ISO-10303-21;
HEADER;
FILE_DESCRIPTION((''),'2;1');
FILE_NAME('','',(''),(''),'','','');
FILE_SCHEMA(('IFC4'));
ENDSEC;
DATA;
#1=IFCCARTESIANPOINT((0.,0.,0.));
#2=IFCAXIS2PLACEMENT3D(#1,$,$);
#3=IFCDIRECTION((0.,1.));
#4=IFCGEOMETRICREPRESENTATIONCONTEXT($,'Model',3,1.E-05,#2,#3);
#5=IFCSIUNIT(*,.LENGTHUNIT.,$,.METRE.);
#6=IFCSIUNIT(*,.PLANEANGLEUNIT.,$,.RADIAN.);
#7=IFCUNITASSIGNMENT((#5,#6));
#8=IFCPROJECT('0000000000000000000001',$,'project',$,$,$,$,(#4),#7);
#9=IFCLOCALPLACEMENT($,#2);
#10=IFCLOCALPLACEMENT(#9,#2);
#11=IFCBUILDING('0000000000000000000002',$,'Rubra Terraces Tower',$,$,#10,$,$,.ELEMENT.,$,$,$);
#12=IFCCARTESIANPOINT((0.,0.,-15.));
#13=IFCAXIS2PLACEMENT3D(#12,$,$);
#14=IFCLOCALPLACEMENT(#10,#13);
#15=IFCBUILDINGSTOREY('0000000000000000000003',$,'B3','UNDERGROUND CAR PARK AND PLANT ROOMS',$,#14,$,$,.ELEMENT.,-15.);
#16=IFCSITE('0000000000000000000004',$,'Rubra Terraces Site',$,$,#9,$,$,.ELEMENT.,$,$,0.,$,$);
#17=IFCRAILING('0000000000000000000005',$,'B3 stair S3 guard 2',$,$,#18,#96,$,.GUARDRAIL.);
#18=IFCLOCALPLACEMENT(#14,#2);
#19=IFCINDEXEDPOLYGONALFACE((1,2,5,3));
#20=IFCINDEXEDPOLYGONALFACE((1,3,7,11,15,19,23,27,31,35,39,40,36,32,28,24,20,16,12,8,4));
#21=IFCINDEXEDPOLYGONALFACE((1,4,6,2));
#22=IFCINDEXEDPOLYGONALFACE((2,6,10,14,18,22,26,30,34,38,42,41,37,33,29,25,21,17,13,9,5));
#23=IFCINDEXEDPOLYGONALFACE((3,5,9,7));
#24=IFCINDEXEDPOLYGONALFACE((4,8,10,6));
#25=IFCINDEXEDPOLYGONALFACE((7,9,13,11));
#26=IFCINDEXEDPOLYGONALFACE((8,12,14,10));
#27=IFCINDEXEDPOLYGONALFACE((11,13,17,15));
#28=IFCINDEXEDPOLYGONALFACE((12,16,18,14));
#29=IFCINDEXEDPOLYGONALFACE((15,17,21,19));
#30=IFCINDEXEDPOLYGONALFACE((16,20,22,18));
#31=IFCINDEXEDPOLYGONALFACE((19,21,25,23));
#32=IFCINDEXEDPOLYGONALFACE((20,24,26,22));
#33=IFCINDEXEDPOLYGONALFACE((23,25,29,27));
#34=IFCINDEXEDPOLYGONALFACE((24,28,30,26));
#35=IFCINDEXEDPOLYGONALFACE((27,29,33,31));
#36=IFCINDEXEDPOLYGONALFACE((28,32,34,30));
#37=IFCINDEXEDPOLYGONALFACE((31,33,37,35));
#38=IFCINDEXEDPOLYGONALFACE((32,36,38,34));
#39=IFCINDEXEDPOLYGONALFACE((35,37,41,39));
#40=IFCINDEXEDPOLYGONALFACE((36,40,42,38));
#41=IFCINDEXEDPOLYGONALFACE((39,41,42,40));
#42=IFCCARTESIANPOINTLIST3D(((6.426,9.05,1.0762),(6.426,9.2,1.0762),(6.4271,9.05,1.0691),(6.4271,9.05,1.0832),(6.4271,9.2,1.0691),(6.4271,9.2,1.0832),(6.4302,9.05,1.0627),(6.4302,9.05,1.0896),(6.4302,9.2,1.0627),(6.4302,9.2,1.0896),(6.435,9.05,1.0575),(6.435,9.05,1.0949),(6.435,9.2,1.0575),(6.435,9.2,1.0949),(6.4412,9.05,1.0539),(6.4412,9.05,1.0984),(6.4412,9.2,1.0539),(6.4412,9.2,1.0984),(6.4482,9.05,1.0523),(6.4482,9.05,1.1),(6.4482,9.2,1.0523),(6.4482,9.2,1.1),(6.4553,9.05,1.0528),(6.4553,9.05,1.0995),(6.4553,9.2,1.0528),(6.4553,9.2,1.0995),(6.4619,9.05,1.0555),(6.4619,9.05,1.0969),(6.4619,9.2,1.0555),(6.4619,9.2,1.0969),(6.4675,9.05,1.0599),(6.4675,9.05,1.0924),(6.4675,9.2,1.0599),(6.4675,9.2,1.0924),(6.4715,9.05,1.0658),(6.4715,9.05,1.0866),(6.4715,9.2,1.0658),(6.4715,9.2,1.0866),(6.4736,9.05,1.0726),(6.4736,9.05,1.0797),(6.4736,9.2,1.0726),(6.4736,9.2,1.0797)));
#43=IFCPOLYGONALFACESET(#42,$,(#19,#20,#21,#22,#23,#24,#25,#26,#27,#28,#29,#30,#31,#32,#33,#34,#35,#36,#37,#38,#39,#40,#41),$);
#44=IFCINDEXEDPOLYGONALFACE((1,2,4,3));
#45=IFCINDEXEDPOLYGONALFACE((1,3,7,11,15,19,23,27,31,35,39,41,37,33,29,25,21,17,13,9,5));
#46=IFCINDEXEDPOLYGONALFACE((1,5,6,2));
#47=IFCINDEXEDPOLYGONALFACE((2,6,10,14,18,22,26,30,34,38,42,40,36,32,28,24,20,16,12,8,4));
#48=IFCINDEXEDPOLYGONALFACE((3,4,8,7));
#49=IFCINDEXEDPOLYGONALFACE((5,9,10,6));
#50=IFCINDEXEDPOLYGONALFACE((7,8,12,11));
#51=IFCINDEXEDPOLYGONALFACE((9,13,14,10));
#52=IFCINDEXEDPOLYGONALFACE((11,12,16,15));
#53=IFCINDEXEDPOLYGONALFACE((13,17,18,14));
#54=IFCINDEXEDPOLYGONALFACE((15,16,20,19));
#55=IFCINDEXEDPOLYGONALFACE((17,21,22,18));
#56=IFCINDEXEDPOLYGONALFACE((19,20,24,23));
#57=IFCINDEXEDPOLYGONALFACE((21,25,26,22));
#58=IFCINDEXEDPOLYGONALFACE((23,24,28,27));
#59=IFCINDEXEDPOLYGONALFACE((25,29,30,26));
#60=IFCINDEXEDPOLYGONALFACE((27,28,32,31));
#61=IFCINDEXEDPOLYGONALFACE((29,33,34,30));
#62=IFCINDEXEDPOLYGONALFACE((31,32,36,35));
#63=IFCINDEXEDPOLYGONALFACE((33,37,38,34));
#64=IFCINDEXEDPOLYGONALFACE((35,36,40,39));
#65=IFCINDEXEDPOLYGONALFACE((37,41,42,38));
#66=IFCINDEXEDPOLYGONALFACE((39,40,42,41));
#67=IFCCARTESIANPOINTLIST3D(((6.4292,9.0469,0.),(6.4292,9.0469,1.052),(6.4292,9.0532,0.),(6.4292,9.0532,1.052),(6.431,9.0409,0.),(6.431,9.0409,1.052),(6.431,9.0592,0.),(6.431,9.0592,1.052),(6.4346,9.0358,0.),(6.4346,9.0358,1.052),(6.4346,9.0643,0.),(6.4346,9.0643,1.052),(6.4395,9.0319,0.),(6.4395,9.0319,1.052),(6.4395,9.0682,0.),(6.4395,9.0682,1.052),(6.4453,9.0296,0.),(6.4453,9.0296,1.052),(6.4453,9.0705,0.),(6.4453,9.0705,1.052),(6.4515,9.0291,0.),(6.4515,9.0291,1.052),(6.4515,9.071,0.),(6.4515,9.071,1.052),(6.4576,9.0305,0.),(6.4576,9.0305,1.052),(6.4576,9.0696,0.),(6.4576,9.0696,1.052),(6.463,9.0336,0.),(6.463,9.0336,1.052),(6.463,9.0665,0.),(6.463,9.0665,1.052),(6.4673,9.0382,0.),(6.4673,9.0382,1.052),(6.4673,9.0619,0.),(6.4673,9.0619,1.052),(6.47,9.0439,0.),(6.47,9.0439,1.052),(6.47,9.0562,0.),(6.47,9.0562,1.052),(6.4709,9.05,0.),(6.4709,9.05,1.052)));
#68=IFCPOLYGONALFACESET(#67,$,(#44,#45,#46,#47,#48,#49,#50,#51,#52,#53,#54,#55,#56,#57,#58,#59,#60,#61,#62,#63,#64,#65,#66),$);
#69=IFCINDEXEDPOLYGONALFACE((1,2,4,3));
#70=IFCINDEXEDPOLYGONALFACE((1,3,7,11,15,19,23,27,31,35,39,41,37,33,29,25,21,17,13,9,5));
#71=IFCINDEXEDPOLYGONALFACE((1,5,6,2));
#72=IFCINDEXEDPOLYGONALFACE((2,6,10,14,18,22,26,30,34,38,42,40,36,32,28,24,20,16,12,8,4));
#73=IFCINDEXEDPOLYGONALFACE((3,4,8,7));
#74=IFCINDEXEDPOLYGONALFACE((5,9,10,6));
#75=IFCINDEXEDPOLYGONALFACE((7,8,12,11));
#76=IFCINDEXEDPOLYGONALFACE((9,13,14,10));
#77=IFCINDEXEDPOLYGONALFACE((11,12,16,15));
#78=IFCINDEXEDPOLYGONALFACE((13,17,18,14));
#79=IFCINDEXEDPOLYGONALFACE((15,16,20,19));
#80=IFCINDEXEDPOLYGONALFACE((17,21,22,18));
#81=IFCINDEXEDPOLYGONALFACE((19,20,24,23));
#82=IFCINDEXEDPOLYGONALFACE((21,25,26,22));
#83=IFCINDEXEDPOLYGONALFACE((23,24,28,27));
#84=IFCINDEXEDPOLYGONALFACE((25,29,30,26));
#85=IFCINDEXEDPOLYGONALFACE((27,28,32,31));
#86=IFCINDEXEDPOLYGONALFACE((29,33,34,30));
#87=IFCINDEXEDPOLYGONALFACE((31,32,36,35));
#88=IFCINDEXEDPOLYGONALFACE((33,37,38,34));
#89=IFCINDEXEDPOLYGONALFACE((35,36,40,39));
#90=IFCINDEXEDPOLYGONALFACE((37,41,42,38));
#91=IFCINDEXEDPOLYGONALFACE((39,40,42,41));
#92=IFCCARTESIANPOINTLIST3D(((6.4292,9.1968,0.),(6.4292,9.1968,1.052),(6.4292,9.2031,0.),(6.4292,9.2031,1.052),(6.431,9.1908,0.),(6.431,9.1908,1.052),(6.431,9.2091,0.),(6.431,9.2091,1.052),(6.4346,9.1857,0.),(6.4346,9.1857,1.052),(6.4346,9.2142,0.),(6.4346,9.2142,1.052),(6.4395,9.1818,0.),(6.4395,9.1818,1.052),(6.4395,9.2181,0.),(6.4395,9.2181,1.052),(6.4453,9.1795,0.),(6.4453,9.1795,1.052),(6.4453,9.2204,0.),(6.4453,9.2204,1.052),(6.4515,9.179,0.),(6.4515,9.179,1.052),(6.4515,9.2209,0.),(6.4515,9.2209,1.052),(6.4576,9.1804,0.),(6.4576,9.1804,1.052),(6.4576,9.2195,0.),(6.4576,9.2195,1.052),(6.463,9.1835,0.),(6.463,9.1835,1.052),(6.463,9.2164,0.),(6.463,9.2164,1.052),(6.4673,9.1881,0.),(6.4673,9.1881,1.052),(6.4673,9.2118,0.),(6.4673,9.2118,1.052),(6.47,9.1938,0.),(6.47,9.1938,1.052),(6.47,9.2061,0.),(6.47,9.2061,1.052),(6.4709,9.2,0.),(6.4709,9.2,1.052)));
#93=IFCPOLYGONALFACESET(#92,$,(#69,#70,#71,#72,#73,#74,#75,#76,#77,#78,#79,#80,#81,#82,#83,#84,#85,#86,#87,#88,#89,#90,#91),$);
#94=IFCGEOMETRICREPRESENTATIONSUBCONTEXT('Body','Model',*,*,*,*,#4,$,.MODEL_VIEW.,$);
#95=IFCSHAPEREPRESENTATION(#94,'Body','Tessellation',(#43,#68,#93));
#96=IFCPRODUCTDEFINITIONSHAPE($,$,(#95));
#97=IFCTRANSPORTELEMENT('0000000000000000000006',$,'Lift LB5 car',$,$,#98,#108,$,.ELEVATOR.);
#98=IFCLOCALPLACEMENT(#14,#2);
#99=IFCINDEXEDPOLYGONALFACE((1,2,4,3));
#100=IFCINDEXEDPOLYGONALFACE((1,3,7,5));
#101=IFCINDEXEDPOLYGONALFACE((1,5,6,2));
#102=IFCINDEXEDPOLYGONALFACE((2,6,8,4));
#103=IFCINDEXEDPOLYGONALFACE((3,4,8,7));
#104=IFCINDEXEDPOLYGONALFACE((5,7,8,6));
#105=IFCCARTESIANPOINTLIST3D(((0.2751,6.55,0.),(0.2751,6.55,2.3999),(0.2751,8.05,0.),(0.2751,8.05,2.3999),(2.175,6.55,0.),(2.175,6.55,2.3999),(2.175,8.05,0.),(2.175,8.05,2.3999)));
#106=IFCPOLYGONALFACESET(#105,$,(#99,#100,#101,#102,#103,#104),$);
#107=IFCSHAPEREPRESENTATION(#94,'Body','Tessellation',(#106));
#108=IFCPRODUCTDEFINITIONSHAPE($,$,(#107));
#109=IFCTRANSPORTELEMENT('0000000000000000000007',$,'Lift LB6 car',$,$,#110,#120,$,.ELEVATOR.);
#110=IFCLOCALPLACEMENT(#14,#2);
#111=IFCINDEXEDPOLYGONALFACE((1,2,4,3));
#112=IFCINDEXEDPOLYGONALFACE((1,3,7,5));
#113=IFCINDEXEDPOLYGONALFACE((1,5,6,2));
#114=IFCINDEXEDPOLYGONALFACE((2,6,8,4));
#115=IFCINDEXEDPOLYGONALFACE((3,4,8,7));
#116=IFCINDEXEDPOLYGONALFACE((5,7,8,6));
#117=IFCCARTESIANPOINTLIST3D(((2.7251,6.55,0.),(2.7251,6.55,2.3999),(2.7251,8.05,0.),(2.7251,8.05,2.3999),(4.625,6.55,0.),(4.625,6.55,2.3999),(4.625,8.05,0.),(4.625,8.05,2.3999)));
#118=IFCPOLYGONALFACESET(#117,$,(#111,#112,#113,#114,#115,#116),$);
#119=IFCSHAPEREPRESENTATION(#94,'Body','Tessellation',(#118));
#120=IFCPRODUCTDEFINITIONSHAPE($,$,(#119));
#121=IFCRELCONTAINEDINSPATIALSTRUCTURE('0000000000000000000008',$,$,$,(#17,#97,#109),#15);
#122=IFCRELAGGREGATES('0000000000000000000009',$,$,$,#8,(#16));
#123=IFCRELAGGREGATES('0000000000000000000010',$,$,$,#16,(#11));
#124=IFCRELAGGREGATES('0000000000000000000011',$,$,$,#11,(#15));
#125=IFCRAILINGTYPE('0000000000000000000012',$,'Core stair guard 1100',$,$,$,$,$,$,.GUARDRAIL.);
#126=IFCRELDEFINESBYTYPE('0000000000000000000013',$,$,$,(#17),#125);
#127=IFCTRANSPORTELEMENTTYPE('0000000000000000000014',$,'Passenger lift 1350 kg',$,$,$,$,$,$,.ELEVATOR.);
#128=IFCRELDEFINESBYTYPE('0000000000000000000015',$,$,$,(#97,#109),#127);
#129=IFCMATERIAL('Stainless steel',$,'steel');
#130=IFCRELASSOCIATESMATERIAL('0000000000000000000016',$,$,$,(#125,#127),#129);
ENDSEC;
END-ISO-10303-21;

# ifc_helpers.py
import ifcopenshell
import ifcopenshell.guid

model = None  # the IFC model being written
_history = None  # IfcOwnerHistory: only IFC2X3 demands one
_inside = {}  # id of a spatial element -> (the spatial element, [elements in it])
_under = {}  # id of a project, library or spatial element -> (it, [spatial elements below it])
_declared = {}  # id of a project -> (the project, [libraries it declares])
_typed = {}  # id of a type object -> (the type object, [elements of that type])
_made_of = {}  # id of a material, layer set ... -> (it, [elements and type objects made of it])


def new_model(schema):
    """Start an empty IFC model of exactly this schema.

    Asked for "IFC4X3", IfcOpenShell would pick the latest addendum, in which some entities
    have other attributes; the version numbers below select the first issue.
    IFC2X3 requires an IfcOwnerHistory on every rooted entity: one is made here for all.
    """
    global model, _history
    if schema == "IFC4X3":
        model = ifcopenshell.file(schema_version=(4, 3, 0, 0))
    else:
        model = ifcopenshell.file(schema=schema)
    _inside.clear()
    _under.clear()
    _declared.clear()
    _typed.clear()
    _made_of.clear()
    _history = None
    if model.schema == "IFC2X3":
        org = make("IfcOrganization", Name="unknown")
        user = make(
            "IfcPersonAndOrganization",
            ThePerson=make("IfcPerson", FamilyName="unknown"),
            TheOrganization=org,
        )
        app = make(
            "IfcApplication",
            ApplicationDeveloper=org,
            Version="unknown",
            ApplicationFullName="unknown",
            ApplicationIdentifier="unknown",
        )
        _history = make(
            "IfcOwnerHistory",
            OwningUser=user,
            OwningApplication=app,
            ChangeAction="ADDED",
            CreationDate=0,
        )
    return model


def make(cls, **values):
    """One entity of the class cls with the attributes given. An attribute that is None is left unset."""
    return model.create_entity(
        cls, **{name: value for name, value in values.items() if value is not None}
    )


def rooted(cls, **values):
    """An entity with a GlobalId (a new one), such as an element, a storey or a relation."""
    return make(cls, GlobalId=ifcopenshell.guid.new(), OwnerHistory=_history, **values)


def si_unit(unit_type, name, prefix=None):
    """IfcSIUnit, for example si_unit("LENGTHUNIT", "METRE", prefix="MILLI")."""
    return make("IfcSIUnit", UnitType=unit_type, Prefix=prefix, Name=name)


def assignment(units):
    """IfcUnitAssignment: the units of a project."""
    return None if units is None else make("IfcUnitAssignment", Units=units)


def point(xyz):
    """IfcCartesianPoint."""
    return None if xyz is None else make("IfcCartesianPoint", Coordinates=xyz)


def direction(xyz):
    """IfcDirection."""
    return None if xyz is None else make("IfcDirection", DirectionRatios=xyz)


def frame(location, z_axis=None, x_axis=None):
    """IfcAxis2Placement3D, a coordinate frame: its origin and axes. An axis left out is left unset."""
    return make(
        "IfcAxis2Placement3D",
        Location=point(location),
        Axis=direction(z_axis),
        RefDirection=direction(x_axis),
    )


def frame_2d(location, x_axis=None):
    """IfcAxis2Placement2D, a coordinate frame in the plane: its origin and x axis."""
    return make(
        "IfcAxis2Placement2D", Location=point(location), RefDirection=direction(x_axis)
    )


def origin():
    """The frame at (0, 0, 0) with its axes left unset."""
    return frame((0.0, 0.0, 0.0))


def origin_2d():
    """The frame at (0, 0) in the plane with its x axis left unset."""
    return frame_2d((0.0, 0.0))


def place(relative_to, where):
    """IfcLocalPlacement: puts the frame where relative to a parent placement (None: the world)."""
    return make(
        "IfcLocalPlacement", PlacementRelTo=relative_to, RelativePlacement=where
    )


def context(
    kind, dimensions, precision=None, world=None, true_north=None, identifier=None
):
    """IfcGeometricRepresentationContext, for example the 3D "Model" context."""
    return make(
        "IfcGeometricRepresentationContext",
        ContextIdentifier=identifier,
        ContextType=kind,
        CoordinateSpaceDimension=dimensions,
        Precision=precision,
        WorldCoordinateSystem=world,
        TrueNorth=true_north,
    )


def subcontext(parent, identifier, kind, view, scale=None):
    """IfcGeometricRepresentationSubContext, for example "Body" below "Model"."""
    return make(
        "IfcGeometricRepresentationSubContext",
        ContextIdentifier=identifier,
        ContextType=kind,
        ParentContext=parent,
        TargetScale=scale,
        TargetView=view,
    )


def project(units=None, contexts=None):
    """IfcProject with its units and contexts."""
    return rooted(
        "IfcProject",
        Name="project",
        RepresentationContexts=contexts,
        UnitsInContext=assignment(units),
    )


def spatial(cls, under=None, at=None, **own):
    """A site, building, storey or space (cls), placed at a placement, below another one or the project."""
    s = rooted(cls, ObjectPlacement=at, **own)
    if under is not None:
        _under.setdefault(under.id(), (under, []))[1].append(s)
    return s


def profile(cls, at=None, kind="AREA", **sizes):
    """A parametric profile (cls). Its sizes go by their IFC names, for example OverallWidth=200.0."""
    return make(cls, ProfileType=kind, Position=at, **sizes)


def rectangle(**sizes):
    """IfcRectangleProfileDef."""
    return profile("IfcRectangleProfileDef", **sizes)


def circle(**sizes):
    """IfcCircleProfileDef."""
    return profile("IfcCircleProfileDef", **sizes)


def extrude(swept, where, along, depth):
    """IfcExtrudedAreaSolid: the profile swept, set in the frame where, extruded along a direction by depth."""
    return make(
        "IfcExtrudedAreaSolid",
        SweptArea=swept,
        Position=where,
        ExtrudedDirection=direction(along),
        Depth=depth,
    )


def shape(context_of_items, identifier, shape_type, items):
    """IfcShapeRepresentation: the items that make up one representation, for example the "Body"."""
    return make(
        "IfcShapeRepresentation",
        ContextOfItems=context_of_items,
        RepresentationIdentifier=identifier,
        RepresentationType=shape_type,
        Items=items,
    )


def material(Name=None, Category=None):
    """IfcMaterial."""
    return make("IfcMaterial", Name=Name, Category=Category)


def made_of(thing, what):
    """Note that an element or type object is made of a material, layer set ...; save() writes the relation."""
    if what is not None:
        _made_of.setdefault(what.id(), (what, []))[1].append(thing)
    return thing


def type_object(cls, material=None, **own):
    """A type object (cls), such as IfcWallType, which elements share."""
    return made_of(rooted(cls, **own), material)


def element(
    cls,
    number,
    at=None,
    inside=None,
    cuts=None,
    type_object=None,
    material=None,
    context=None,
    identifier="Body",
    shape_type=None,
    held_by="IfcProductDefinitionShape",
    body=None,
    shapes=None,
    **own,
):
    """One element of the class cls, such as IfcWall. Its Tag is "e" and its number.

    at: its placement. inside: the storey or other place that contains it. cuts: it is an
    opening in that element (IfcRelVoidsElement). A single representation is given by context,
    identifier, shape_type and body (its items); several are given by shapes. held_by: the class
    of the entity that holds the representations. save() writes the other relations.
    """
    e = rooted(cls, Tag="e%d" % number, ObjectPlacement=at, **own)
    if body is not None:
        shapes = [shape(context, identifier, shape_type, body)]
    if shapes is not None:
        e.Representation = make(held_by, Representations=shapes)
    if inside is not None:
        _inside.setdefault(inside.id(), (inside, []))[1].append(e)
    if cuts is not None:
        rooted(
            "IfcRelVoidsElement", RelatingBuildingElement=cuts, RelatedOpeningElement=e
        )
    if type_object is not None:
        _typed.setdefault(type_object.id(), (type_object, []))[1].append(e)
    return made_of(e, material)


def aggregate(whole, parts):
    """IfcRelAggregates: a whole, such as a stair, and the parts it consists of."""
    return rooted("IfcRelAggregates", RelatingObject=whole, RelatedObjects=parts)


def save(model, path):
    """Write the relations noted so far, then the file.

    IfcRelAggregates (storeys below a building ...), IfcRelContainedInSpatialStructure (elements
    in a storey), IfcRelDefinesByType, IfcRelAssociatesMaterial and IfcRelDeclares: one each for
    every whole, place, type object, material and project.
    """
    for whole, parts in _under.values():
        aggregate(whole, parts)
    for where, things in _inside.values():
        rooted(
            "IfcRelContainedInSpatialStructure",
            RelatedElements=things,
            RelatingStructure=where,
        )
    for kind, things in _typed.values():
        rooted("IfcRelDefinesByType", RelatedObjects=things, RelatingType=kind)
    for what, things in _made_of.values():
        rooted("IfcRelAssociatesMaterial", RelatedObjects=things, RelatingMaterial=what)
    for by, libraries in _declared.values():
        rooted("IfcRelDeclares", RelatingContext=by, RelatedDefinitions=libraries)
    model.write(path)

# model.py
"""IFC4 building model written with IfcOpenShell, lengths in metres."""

from ifc_helpers import new_model, si_unit, direction, frame, origin, origin_2d, place, context, subcontext, project, spatial, rectangle, circle, extrude, material, type_object, element, save


model = new_model("IFC4")

# Units and contexts
model_context = context("Model", 3, precision=1e-05, world=origin(), true_north=direction((0.0, 1.0)))
body_context = subcontext(model_context, "Body", "Model", "MODEL_VIEW")
ifc_project = project(units=[si_unit("LENGTHUNIT", "METRE"), si_unit("PLANEANGLEUNIT", "RADIAN")], contexts=[model_context])

# Site, building, storey
site_placement = place(None, origin())
site = spatial("IfcSite", under=ifc_project, at=site_placement, Name="Rubra Terraces Site", CompositionType="ELEMENT", RefElevation=0.0)
building_placement = place(site_placement, origin())
building = spatial("IfcBuilding", under=site, at=building_placement, Name="Rubra Terraces Tower", CompositionType="ELEMENT")
storey_placement = place(building_placement, frame((0.0, 0.0, -15.0)))
storey = spatial("IfcBuildingStorey", under=building, at=storey_placement, Name="B3", Description="UNDERGROUND CAR PARK AND PLANT ROOMS", CompositionType="ELEMENT", Elevation=-15.0)

# Railing
ifc_material_1 = material(Name="Stainless steel", Category="steel")
railing_type_1 = type_object("IfcRailingType", Name="Core stair guard 1100", PredefinedType="GUARDRAIL", material=ifc_material_1)
railing_1_placement = place(storey_placement, frame((6.45, 9.05, 0.0)))
element("IfcRailing", 1, at=railing_1_placement, inside=storey, type_object=railing_type_1, Name="B3 stair S3 guard 2", PredefinedType="GUARDRAIL", context=body_context, shape_type="SweptSolid", body=[
    extrude(circle(Radius=0.0239, at=origin_2d()), frame((0.0, 0.0, 1.0762), z_axis=(0.0, 1.0, 0.0), x_axis=(-1.0, 0.0, 0.0)), (0.0, 0.0, 1.0), 0.1499),
    extrude(circle(Radius=0.021, at=origin_2d()), origin(), (0.0, 0.0, 1.0), 1.052),
    extrude(circle(Radius=0.021, at=origin_2d()), frame((0.0, 0.1499, 0.0)), (0.0, 0.0, 1.0), 1.052),
])

# Transport elements
transport_element_type = type_object("IfcTransportElementType", Name="Passenger lift 1350 kg", PredefinedType="ELEVATOR", material=ifc_material_1)
for number, where, z_axis, x_axis, name in (
    (2, (1.2251, 7.3, 0.0), (0.0, 0.0, 1.0), (1.0, 0.0, 0.0), "Lift LB5 car"),
    (3, (3.675, 7.3, 0.0), (0.0, 0.0, 1.0), (1.0, 0.0, 0.0), "Lift LB6 car"),
):
    element("IfcTransportElement", number, at=place(storey_placement, frame(where, z_axis=z_axis, x_axis=x_axis)), inside=storey, type_object=transport_element_type, Name=name, PredefinedType="ELEVATOR", context=body_context, shape_type="SweptSolid", body=[
        extrude(rectangle(XDim=1.8999, YDim=1.5, at=origin_2d()), origin(), (0.0, 0.0, 1.0), 2.3999),
    ])

save(model, "model.ifc")
